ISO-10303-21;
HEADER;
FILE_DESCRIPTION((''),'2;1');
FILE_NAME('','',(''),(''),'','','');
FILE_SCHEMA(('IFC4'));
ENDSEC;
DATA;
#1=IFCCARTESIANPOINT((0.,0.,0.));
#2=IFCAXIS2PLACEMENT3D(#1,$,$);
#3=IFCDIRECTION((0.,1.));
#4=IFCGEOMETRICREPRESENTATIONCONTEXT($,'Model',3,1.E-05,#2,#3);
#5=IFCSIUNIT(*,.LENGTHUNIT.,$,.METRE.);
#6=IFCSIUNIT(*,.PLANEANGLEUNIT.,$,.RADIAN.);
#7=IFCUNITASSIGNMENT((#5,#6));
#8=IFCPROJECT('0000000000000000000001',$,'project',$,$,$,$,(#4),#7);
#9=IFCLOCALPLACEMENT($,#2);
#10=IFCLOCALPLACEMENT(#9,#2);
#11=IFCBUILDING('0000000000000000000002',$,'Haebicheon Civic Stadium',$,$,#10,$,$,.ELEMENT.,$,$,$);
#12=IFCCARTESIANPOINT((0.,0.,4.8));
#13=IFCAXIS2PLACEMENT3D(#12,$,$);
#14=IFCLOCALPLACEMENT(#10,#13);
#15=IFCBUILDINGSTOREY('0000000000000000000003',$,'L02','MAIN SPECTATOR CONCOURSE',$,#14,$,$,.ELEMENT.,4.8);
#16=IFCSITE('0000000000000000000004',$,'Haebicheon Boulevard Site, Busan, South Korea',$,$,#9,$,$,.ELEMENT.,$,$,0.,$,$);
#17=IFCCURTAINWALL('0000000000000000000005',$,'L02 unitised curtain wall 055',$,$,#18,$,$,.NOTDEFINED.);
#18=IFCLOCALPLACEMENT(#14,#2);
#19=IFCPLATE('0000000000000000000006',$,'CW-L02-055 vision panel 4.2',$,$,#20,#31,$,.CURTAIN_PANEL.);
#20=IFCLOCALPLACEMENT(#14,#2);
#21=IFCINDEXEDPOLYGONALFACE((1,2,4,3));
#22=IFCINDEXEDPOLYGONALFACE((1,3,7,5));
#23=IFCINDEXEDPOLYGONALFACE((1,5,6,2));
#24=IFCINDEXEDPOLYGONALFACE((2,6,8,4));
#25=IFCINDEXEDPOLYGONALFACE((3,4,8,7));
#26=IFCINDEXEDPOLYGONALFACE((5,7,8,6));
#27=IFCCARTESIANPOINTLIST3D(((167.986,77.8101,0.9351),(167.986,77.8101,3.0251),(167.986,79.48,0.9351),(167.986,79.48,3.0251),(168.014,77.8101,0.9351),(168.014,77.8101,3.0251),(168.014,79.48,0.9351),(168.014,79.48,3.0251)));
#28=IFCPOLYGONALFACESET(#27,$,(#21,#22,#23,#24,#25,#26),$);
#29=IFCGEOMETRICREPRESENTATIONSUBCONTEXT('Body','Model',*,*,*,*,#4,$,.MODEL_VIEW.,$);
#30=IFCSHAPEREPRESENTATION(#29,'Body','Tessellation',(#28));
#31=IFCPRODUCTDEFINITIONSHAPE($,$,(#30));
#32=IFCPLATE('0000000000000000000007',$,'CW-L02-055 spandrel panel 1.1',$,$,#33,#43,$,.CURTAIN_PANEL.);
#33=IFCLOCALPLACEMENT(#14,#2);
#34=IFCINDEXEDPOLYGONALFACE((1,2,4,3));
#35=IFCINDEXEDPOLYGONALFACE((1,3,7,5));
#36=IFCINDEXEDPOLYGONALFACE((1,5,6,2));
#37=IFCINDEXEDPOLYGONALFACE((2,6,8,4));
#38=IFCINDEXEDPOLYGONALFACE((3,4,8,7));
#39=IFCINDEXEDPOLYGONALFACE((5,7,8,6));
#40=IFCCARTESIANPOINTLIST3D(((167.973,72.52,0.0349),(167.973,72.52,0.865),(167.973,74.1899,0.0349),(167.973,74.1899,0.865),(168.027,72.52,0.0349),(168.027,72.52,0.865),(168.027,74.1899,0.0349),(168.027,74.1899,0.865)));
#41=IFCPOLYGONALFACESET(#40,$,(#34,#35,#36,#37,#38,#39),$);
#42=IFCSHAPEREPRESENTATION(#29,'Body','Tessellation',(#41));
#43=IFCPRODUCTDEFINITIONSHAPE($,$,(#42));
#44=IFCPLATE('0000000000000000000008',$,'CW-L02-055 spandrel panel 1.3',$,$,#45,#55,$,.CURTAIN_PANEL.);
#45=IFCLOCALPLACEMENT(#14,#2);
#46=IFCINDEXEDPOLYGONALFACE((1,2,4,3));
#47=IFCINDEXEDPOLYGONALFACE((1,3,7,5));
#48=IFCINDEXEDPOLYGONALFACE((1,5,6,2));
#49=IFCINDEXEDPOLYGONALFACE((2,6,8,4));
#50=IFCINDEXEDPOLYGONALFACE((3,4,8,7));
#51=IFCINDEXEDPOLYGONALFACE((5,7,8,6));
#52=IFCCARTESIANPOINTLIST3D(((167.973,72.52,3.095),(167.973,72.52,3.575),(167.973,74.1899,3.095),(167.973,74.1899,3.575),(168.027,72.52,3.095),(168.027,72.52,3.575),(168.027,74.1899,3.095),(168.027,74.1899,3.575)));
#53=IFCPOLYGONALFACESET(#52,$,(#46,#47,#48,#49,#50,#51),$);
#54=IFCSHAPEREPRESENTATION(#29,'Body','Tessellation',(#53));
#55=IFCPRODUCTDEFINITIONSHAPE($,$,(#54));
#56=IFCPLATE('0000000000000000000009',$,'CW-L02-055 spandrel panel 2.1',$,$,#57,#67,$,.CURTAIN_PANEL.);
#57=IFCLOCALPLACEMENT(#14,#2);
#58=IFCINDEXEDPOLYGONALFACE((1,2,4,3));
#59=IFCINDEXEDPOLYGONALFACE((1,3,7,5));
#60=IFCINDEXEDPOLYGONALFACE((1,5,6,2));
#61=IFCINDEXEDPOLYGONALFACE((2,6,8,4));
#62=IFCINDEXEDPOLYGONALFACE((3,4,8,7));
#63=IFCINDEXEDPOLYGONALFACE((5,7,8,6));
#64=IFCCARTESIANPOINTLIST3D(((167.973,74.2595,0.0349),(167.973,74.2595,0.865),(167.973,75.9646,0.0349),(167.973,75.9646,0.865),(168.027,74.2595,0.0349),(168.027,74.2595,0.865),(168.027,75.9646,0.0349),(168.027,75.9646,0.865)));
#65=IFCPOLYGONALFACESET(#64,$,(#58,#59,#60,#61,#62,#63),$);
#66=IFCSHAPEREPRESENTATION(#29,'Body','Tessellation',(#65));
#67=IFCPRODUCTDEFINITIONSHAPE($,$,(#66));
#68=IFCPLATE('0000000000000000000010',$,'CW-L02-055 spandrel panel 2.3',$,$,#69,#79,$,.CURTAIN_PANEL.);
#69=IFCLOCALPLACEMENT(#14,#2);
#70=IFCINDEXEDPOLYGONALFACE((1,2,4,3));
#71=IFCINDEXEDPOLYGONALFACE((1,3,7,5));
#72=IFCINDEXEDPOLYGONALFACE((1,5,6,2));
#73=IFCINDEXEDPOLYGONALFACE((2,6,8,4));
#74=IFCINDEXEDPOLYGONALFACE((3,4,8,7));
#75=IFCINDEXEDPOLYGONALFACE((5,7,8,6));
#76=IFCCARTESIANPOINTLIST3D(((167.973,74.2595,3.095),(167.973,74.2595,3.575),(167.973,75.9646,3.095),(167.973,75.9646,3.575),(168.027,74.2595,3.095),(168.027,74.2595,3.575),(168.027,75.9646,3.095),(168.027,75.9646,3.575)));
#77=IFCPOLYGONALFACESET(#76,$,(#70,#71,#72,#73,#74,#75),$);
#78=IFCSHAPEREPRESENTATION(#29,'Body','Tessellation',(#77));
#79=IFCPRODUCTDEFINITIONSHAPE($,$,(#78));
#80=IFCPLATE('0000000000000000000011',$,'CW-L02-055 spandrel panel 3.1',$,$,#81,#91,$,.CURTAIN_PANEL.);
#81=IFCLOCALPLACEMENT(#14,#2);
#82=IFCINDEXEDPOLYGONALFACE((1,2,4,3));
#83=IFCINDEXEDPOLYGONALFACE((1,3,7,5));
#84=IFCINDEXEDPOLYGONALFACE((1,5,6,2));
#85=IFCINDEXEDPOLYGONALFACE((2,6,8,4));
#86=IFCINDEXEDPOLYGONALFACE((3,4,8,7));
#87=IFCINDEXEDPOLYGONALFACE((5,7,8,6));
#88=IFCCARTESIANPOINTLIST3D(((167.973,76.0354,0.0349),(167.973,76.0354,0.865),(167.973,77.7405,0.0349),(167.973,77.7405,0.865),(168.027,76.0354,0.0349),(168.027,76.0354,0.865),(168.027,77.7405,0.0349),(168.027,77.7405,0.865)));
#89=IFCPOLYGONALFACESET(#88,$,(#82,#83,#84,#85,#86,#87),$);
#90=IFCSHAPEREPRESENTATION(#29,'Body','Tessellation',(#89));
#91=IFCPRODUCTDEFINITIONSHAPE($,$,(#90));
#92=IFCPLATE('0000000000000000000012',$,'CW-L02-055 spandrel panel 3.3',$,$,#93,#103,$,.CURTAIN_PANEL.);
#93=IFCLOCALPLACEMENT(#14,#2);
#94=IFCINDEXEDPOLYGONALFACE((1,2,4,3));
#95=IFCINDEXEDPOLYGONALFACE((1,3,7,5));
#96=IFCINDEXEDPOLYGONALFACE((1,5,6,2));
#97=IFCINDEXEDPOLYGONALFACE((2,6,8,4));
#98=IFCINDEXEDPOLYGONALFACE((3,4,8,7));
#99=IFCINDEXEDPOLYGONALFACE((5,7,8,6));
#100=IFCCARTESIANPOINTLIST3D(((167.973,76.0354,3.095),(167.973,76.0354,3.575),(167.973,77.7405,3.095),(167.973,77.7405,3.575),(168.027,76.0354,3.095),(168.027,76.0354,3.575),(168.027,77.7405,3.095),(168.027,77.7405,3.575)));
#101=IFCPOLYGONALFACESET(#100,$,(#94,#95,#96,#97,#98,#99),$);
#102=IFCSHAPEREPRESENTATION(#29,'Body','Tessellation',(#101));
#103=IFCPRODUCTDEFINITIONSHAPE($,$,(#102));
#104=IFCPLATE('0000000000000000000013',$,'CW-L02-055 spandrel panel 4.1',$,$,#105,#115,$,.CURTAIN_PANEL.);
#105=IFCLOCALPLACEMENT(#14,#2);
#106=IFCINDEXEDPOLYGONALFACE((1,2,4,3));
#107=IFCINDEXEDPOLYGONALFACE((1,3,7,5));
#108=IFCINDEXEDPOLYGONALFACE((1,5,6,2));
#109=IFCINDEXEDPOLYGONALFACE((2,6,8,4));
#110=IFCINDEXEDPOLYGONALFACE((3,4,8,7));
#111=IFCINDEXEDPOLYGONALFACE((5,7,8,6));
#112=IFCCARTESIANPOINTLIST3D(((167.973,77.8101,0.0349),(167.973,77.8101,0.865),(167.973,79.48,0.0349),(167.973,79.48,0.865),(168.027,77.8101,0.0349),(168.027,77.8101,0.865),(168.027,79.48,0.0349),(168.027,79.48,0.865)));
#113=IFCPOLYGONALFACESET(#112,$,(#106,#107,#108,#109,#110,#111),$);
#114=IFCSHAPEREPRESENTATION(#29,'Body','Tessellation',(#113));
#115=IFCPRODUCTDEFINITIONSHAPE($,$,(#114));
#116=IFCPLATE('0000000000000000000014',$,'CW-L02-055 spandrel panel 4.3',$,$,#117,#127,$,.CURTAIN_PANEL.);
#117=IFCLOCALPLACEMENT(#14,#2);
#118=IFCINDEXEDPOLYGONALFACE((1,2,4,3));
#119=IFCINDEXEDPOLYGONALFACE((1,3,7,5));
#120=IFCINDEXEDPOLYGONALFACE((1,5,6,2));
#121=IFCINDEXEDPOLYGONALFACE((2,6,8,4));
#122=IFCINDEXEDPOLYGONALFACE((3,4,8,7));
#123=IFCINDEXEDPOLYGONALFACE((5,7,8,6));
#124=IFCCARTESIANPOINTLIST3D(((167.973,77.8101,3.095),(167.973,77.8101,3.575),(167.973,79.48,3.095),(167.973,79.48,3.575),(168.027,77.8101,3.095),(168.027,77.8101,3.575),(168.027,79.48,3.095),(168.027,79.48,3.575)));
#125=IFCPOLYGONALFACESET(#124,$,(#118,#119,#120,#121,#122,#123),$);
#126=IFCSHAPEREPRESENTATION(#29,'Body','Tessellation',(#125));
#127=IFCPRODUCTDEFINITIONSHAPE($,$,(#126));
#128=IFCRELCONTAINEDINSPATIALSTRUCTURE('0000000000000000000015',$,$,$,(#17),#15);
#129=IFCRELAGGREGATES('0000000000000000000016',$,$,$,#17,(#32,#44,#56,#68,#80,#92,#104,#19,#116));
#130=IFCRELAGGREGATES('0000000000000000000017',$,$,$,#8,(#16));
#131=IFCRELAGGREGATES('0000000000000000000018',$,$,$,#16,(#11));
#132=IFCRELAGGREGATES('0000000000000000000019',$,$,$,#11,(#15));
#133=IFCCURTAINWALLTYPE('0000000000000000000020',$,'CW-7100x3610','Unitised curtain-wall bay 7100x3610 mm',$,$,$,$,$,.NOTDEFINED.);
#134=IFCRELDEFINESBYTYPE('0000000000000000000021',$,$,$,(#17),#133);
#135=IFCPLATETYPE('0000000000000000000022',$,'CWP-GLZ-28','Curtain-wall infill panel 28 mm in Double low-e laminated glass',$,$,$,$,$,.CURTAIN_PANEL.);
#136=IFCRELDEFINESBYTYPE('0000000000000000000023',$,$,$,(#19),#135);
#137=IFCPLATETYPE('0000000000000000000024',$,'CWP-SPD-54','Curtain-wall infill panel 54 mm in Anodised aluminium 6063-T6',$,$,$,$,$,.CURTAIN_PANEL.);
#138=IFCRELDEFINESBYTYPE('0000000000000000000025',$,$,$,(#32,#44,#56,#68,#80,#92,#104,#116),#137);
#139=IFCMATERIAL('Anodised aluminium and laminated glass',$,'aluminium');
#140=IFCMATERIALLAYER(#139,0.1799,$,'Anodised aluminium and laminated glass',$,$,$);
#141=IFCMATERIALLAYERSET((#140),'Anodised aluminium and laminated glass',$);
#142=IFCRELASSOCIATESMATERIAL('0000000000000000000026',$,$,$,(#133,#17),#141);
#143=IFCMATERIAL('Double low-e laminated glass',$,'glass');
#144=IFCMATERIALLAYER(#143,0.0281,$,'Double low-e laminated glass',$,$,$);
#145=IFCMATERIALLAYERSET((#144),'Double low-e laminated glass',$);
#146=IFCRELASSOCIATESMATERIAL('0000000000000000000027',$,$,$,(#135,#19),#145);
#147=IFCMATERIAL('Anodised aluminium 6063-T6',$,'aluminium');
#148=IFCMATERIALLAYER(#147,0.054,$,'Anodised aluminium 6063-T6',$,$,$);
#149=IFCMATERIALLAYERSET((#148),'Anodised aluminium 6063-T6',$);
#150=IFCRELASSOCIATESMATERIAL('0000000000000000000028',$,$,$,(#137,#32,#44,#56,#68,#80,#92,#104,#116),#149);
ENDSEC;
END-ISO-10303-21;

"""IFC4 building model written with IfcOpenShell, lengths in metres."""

from ifc_helpers import new_model, si_unit, direction, frame, origin, origin_2d, place, context, subcontext, project, spatial, rectangle, extrude, material, layer, layer_set, type_object, element, aggregate, save


model = new_model("IFC4")

# Units and contexts
model_context = context("Model", 3, precision=1e-05, world=origin(), true_north=direction((0.0, 1.0)))
body_context = subcontext(model_context, "Body", "Model", "MODEL_VIEW")
ifc_project = project(units=[si_unit("LENGTHUNIT", "METRE"), si_unit("PLANEANGLEUNIT", "RADIAN")], contexts=[model_context])

# Site, building, storey
site_placement = place(None, origin())
site = spatial("IfcSite", under=ifc_project, at=site_placement, Name="Haebicheon Boulevard Site, Busan, South Korea", CompositionType="ELEMENT", RefElevation=0.0)
building_placement = place(site_placement, origin())
building = spatial("IfcBuilding", under=site, at=building_placement, Name="Haebicheon Civic Stadium", CompositionType="ELEMENT")
storey_placement = place(building_placement, frame((0.0, 0.0, 4.8)))
storey = spatial("IfcBuildingStorey", under=building, at=storey_placement, Name="L02", Description="MAIN SPECTATOR CONCOURSE", CompositionType="ELEMENT", Elevation=4.8)

# Curtain wall
ifc_material_1 = material(Name="Anodised aluminium and laminated glass", Category="aluminium")
ifc_layer_1 = layer(ifc_material_1, 0.1799, Name="Anodised aluminium and laminated glass")
ifc_layer_set_1 = layer_set([ifc_layer_1], Name="Anodised aluminium and laminated glass")
curtain_wall_type = type_object("IfcCurtainWallType", Name="CW-7100x3610", Description="Unitised curtain-wall bay 7100x3610 mm", PredefinedType="NOTDEFINED", material=ifc_layer_set_1)
curtain_wall_placement = place(storey_placement, origin())
curtain_wall = element("IfcCurtainWall", 1, at=curtain_wall_placement, inside=storey, type_object=curtain_wall_type, material=ifc_layer_set_1, Name="L02 unitised curtain wall 055", PredefinedType="NOTDEFINED")

# Plates
ifc_material_2 = material(Name="Double low-e laminated glass", Category="glass")
ifc_layer_2 = layer(ifc_material_2, 0.0281, Name="Double low-e laminated glass")
ifc_layer_set_2 = layer_set([ifc_layer_2], Name="Double low-e laminated glass")
plate_type_1 = type_object("IfcPlateType", Name="CWP-GLZ-28", Description="Curtain-wall infill panel 28 mm in Double low-e laminated glass", PredefinedType="CURTAIN_PANEL", material=ifc_layer_set_2)
plate_1_placement = place(storey_placement, frame((168.0, 78.645, 0.9351), z_axis=(0.0, 0.0, 1.0), x_axis=(0.0, 1.0, 0.0)))
plate_1 = element("IfcPlate", 2, at=plate_1_placement, type_object=plate_type_1, material=ifc_layer_set_2, Name="CW-L02-055 vision panel 4.2", PredefinedType="CURTAIN_PANEL", context=body_context, shape_type="SweptSolid", body=[
    extrude(rectangle(XDim=1.6699, YDim=0.0281, at=origin_2d()), origin(), (0.0, 0.0, 1.0), 2.0901),
])
ifc_material_3 = material(Name="Anodised aluminium 6063-T6", Category="aluminium")
ifc_layer_3 = layer(ifc_material_3, 0.054, Name="Anodised aluminium 6063-T6")
ifc_layer_set_3 = layer_set([ifc_layer_3], Name="Anodised aluminium 6063-T6")
plate_type_2 = type_object("IfcPlateType", Name="CWP-SPD-54", Description="Curtain-wall infill panel 54 mm in Anodised aluminium 6063-T6", PredefinedType="CURTAIN_PANEL", material=ifc_layer_set_3)
plate_2_placement = place(storey_placement, frame((168.0, 73.355, 0.0349), z_axis=(0.0, 0.0, 1.0), x_axis=(0.0, 1.0, 0.0)))
plate_2 = element("IfcPlate", 3, at=plate_2_placement, type_object=plate_type_2, material=ifc_layer_set_3, Name="CW-L02-055 spandrel panel 1.1", PredefinedType="CURTAIN_PANEL", context=body_context, shape_type="SweptSolid", body=[
    extrude(rectangle(XDim=1.6699, YDim=0.054, at=origin_2d()), origin(), (0.0, 0.0, 1.0), 0.8301),
])
plate_3_placement = place(storey_placement, frame((168.0, 73.355, 3.095), z_axis=(0.0, 0.0, 1.0), x_axis=(0.0, 1.0, 0.0)))
plate_3 = element("IfcPlate", 4, at=plate_3_placement, type_object=plate_type_2, material=ifc_layer_set_3, Name="CW-L02-055 spandrel panel 1.3", PredefinedType="CURTAIN_PANEL", context=body_context, shape_type="SweptSolid", body=[
    extrude(rectangle(XDim=1.6699, YDim=0.054, at=origin_2d()), origin(), (0.0, 0.0, 1.0), 0.48),
])
plate_4_placement = place(storey_placement, frame((168.0, 75.1121, 0.0349), z_axis=(0.0, 0.0, 1.0), x_axis=(0.0, 1.0, 0.0)))
plate_4 = element("IfcPlate", 5, at=plate_4_placement, type_object=plate_type_2, material=ifc_layer_set_3, Name="CW-L02-055 spandrel panel 2.1", PredefinedType="CURTAIN_PANEL", context=body_context, shape_type="SweptSolid", body=[
    extrude(rectangle(XDim=1.7051, YDim=0.054, at=origin_2d()), origin(), (0.0, 0.0, 1.0), 0.8301),
])
plate_5_placement = place(storey_placement, frame((168.0, 75.1121, 3.095), z_axis=(0.0, 0.0, 1.0), x_axis=(0.0, 1.0, 0.0)))
plate_5 = element("IfcPlate", 6, at=plate_5_placement, type_object=plate_type_2, material=ifc_layer_set_3, Name="CW-L02-055 spandrel panel 2.3", PredefinedType="CURTAIN_PANEL", context=body_context, shape_type="SweptSolid", body=[
    extrude(rectangle(XDim=1.7051, YDim=0.054, at=origin_2d()), origin(), (0.0, 0.0, 1.0), 0.48),
])
plate_6_placement = place(storey_placement, frame((168.0, 76.8879, 0.0349), z_axis=(0.0, 0.0, 1.0), x_axis=(0.0, 1.0, 0.0)))
plate_6 = element("IfcPlate", 7, at=plate_6_placement, type_object=plate_type_2, material=ifc_layer_set_3, Name="CW-L02-055 spandrel panel 3.1", PredefinedType="CURTAIN_PANEL", context=body_context, shape_type="SweptSolid", body=[
    extrude(rectangle(XDim=1.7051, YDim=0.054, at=origin_2d()), origin(), (0.0, 0.0, 1.0), 0.8301),
])
plate_7_placement = place(storey_placement, frame((168.0, 76.8879, 3.095), z_axis=(0.0, 0.0, 1.0), x_axis=(0.0, 1.0, 0.0)))
plate_7 = element("IfcPlate", 8, at=plate_7_placement, type_object=plate_type_2, material=ifc_layer_set_3, Name="CW-L02-055 spandrel panel 3.3", PredefinedType="CURTAIN_PANEL", context=body_context, shape_type="SweptSolid", body=[
    extrude(rectangle(XDim=1.7051, YDim=0.054, at=origin_2d()), origin(), (0.0, 0.0, 1.0), 0.48),
])
plate_8_placement = place(storey_placement, frame((168.0, 78.645, 0.0349), z_axis=(0.0, 0.0, 1.0), x_axis=(0.0, 1.0, 0.0)))
plate_8 = element("IfcPlate", 9, at=plate_8_placement, type_object=plate_type_2, material=ifc_layer_set_3, Name="CW-L02-055 spandrel panel 4.1", PredefinedType="CURTAIN_PANEL", context=body_context, shape_type="SweptSolid", body=[
    extrude(rectangle(XDim=1.6699, YDim=0.054, at=origin_2d()), origin(), (0.0, 0.0, 1.0), 0.8301),
])
plate_9_placement = place(storey_placement, frame((168.0, 78.645, 3.095), z_axis=(0.0, 0.0, 1.0), x_axis=(0.0, 1.0, 0.0)))
plate_9 = element("IfcPlate", 10, at=plate_9_placement, type_object=plate_type_2, material=ifc_layer_set_3, Name="CW-L02-055 spandrel panel 4.3", PredefinedType="CURTAIN_PANEL", context=body_context, shape_type="SweptSolid", body=[
    extrude(rectangle(XDim=1.6699, YDim=0.054, at=origin_2d()), origin(), (0.0, 0.0, 1.0), 0.48),
])
aggregate(curtain_wall, [plate_2, plate_3, plate_4, plate_5, plate_6, plate_7, plate_8, plate_1, plate_9])

save(model, "model.ifc")
